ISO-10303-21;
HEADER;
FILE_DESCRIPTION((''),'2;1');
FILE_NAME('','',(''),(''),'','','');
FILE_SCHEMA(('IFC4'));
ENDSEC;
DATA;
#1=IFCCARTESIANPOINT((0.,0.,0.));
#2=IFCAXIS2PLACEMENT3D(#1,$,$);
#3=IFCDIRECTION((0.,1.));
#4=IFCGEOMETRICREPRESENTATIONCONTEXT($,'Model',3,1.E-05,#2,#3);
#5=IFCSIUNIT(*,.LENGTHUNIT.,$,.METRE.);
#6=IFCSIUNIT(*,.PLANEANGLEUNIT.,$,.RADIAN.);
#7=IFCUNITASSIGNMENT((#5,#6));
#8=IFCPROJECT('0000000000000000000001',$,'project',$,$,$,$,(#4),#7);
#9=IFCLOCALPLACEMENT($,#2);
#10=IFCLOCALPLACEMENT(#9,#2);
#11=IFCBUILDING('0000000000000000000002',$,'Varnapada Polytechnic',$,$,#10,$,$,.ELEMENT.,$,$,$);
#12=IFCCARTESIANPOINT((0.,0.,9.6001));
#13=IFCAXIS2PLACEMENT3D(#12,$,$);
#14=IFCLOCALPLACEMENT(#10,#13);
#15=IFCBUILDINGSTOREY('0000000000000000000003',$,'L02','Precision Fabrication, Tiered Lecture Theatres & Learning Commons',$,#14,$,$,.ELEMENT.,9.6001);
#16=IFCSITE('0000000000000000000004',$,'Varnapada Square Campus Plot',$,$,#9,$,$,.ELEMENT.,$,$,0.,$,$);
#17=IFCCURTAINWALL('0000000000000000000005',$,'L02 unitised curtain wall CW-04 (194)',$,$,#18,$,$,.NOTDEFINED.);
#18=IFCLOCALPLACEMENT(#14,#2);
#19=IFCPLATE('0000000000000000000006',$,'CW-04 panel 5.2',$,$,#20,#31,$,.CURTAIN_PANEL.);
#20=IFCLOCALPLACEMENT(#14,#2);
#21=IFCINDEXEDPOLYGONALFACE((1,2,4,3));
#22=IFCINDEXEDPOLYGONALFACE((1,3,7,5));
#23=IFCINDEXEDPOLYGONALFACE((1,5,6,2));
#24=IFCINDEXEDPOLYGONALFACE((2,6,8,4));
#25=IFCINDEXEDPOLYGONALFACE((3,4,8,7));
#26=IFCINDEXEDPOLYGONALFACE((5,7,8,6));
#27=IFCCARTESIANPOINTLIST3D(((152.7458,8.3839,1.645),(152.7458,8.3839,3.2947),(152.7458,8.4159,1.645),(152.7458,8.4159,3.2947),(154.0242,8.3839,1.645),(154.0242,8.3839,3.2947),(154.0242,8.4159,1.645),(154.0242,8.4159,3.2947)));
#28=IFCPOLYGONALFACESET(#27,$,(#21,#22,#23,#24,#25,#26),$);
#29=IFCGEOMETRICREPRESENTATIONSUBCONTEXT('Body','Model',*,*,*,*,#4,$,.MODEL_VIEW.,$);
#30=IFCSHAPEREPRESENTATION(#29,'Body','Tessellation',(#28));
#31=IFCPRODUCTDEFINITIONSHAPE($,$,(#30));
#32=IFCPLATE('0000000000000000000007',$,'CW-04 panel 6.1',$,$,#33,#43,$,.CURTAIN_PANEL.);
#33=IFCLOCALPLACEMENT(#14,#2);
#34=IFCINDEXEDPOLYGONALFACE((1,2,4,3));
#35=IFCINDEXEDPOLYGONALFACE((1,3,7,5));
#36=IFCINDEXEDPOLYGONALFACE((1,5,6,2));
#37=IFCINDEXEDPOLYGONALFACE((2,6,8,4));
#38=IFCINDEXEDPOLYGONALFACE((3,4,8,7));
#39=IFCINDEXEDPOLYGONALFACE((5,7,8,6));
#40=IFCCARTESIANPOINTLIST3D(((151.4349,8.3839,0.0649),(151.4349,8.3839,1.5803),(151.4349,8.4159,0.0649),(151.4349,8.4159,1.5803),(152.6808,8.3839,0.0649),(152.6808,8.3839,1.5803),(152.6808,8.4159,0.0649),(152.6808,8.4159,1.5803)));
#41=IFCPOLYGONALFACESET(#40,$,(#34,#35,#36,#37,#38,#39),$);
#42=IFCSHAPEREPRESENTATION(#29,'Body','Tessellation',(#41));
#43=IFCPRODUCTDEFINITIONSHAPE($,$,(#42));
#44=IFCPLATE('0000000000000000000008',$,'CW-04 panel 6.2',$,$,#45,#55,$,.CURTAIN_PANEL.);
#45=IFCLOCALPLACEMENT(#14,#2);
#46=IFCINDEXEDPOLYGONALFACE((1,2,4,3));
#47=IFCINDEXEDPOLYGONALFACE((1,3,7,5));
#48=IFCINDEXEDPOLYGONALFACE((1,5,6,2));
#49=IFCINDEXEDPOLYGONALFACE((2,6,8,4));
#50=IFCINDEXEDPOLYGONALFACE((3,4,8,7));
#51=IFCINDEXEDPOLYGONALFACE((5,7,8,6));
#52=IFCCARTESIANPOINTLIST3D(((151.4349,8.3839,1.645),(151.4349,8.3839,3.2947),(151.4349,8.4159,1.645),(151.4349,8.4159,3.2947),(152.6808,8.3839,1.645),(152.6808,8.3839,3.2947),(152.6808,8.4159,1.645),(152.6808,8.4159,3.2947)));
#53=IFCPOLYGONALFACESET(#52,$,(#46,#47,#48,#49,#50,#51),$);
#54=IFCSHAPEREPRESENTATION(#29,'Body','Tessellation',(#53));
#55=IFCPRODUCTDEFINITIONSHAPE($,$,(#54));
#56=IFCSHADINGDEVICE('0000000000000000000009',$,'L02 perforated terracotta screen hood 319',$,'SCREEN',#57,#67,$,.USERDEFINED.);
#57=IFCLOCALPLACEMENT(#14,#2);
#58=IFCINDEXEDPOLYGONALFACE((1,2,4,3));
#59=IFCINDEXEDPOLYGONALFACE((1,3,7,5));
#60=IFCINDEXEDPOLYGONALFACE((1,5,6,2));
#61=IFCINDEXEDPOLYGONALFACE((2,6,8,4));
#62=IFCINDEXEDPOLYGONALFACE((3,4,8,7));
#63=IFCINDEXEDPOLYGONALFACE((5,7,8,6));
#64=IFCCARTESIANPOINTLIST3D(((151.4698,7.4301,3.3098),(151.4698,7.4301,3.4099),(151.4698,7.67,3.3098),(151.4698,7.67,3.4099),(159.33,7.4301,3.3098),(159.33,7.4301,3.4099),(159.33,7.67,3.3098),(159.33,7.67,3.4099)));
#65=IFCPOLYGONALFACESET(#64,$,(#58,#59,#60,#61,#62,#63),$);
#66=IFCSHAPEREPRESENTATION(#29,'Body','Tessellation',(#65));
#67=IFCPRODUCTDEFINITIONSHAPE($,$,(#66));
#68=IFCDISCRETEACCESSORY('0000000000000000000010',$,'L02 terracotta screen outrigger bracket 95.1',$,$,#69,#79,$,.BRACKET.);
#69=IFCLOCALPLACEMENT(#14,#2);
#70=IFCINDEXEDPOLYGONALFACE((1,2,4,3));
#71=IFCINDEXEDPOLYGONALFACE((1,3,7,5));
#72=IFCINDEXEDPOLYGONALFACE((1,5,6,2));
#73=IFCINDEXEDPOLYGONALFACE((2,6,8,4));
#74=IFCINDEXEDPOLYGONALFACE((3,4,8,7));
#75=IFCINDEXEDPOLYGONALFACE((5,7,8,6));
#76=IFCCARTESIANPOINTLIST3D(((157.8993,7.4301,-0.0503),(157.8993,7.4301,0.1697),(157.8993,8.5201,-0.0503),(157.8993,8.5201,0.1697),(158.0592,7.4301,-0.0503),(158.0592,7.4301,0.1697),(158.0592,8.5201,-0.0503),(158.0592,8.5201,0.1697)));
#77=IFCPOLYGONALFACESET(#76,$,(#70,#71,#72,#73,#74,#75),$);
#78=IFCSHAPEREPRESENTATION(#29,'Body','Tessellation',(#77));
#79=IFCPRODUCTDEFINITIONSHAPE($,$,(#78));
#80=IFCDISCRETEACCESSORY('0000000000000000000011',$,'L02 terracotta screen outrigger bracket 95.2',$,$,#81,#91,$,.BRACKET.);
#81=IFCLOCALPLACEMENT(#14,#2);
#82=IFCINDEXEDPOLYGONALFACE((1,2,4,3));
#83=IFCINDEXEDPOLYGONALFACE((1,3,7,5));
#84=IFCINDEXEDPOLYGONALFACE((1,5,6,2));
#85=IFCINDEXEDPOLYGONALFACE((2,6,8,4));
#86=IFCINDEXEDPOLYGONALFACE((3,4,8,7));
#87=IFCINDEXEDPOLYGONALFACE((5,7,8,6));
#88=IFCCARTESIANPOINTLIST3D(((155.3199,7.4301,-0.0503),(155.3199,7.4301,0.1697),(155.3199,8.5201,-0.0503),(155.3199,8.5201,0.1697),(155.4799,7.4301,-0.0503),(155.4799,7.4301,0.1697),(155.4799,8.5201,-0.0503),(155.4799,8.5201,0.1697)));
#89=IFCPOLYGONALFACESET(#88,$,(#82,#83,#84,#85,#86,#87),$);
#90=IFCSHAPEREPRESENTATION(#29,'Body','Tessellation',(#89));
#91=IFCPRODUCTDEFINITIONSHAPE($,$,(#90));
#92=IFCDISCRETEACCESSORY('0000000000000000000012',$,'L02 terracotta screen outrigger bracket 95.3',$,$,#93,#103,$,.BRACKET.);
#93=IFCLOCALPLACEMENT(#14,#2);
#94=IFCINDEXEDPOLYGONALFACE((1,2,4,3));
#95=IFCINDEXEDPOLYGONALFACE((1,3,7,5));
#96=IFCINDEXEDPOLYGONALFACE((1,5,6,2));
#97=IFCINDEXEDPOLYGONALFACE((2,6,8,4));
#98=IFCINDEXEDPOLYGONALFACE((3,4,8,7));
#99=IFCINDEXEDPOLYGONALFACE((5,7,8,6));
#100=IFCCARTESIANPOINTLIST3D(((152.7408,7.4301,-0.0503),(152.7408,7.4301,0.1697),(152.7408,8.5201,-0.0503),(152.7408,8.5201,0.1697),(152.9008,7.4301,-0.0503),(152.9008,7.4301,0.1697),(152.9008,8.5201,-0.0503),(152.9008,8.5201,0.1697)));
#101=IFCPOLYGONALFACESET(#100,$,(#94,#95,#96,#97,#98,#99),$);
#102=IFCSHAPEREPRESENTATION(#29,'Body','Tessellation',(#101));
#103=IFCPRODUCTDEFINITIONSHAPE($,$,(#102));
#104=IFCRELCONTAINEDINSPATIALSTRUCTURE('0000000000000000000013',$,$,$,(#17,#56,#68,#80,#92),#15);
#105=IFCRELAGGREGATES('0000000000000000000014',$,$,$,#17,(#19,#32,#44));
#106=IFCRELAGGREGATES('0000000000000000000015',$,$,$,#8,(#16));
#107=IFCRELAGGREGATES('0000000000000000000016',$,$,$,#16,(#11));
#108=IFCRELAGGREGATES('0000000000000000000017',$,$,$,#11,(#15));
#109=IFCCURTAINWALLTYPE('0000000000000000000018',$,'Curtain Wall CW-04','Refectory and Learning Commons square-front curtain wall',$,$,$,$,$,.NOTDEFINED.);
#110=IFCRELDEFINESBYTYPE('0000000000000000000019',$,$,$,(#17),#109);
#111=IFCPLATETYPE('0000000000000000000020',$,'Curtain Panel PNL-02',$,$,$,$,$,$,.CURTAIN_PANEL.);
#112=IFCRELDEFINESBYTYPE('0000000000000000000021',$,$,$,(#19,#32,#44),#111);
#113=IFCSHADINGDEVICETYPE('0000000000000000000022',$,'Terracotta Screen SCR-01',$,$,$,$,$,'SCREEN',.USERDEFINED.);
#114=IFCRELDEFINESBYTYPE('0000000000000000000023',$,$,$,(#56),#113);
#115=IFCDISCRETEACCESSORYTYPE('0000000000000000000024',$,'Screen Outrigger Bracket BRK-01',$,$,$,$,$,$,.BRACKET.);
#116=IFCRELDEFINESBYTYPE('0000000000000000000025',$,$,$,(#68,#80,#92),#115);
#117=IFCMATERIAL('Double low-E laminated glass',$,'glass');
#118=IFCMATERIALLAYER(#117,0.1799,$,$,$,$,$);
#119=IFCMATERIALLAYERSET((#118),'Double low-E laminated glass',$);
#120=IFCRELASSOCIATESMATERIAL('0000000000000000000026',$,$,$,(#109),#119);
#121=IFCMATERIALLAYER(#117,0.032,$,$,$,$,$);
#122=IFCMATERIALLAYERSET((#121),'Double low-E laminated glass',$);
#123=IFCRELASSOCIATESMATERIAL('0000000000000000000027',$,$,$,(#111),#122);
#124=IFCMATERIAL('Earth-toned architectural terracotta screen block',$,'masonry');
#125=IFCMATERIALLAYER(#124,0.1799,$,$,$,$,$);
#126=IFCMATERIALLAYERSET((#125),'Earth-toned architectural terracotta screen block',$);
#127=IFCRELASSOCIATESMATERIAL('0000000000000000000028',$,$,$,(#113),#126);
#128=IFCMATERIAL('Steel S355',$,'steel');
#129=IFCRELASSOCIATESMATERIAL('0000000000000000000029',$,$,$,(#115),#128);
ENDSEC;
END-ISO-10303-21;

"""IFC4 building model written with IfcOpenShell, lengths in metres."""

from ifc_helpers import new_model, si_unit, direction, frame, origin, origin_2d, place, context, subcontext, project, spatial, rectangle, extrude, material, layer, layer_set, type_object, element, aggregate, save


model = new_model("IFC4")

# Units and contexts
model_context = context("Model", 3, precision=1e-05, world=origin(), true_north=direction((0.0, 1.0)))
body_context = subcontext(model_context, "Body", "Model", "MODEL_VIEW")
ifc_project = project(units=[si_unit("LENGTHUNIT", "METRE"), si_unit("PLANEANGLEUNIT", "RADIAN")], contexts=[model_context])

# Site, building, storey
site_placement = place(None, origin())
site = spatial("IfcSite", under=ifc_project, at=site_placement, Name="Varnapada Square Campus Plot", CompositionType="ELEMENT", RefElevation=0.0)
building_placement = place(site_placement, origin())
building = spatial("IfcBuilding", under=site, at=building_placement, Name="Varnapada Polytechnic", CompositionType="ELEMENT")
storey_placement = place(building_placement, frame((0.0, 0.0, 9.6001)))
storey = spatial("IfcBuildingStorey", under=building, at=storey_placement, Name="L02", Description="Precision Fabrication, Tiered Lecture Theatres & Learning Commons", CompositionType="ELEMENT", Elevation=9.6001)

# Curtain wall
ifc_material_1 = material(Name="Double low-E laminated glass", Category="glass")
ifc_layer_1 = layer(ifc_material_1, 0.1799)
ifc_layer_set_1 = layer_set([ifc_layer_1], Name="Double low-E laminated glass")
curtain_wall_type = type_object("IfcCurtainWallType", Name="Curtain Wall CW-04", Description="Refectory and Learning Commons square-front curtain wall", PredefinedType="NOTDEFINED", material=ifc_layer_set_1)
curtain_wall_placement = place(storey_placement, origin())
curtain_wall = element("IfcCurtainWall", 1, at=curtain_wall_placement, inside=storey, type_object=curtain_wall_type, Name="L02 unitised curtain wall CW-04 (194)", PredefinedType="NOTDEFINED")

# Plates
ifc_layer_2 = layer(ifc_material_1, 0.032)
ifc_layer_set_2 = layer_set([ifc_layer_2], Name="Double low-E laminated glass")
plate_type = type_object("IfcPlateType", Name="Curtain Panel PNL-02", PredefinedType="CURTAIN_PANEL", material=ifc_layer_set_2)
plate_1_placement = place(storey_placement, frame((153.385, 8.3999, 1.645), z_axis=(0.0, 0.0, 1.0), x_axis=(-1.0, 0.0, 0.0)))
plate_1 = element("IfcPlate", 2, at=plate_1_placement, type_object=plate_type, Name="CW-04 panel 5.2", PredefinedType="CURTAIN_PANEL", context=body_context, shape_type="SweptSolid", body=[
    extrude(rectangle(XDim=1.2783, YDim=0.032, at=origin_2d()), origin(), (0.0, 0.0, 1.0), 1.6497),
])
plate_2_placement = place(storey_placement, frame((152.0579, 8.3999, 0.0649), z_axis=(0.0, 0.0, 1.0), x_axis=(-1.0, 0.0, 0.0)))
plate_2 = element("IfcPlate", 3, at=plate_2_placement, type_object=plate_type, Name="CW-04 panel 6.1", PredefinedType="CURTAIN_PANEL", context=body_context, shape_type="SweptSolid", body=[
    extrude(rectangle(XDim=1.2458, YDim=0.032, at=origin_2d()), origin(), (0.0, 0.0, 1.0), 1.5154),
])
plate_3_placement = place(storey_placement, frame((152.0579, 8.3999, 1.645), z_axis=(0.0, 0.0, 1.0), x_axis=(-1.0, 0.0, 0.0)))
plate_3 = element("IfcPlate", 4, at=plate_3_placement, type_object=plate_type, Name="CW-04 panel 6.2", PredefinedType="CURTAIN_PANEL", context=body_context, shape_type="SweptSolid", body=[
    extrude(rectangle(XDim=1.2458, YDim=0.032, at=origin_2d()), origin(), (0.0, 0.0, 1.0), 1.6497),
])
aggregate(curtain_wall, [plate_1, plate_2, plate_3])

# Shading device
ifc_material_2 = material(Name="Earth-toned architectural terracotta screen block", Category="masonry")
ifc_layer_3 = layer(ifc_material_2, 0.1799)
ifc_layer_set_3 = layer_set([ifc_layer_3], Name="Earth-toned architectural terracotta screen block")
shading_device_type = type_object("IfcShadingDeviceType", Name="Terracotta Screen SCR-01", ElementType="SCREEN", PredefinedType="USERDEFINED", material=ifc_layer_set_3)
shading_device_placement = place(storey_placement, frame((155.3999, 7.55, 3.3098), z_axis=(0.0, 0.0, 1.0), x_axis=(-1.0, 0.0, 0.0)))
element("IfcShadingDevice", 5, at=shading_device_placement, inside=storey, type_object=shading_device_type, Name="L02 perforated terracotta screen hood 319", ObjectType="SCREEN", PredefinedType="USERDEFINED", context=body_context, shape_type="SweptSolid", body=[
    extrude(rectangle(XDim=7.8601, YDim=0.24, at=origin_2d()), origin(), (0.0, 0.0, 1.0), 0.1001),
])

# Discrete accessories
ifc_material_3 = material(Name="Steel S355", Category="steel")
discrete_accessory_type = type_object("IfcDiscreteAccessoryType", Name="Screen Outrigger Bracket BRK-01", PredefinedType="BRACKET", material=ifc_material_3)
for number, where, z_axis, x_axis, name in (
    (6, (157.9792, 7.9751, -0.0503), (0.0, 0.0, 1.0), (-1.0, 0.0, 0.0), "L02 terracotta screen outrigger bracket 95.1"),
    (7, (155.3999, 7.9751, -0.0503), (0.0, 0.0, 1.0), (-1.0, 0.0, 0.0), "L02 terracotta screen outrigger bracket 95.2"),
    (8, (152.8208, 7.9751, -0.0503), (0.0, 0.0, 1.0), (-1.0, 0.0, 0.0), "L02 terracotta screen outrigger bracket 95.3"),
):
    element("IfcDiscreteAccessory", number, at=place(storey_placement, frame(where, z_axis=z_axis, x_axis=x_axis)), inside=storey, type_object=discrete_accessory_type, Name=name, PredefinedType="BRACKET", context=body_context, shape_type="SweptSolid", body=[
        extrude(rectangle(XDim=0.1599, YDim=1.0901, at=origin_2d()), origin(), (0.0, 0.0, 1.0), 0.22),
    ])

save(model, "model.ifc")
